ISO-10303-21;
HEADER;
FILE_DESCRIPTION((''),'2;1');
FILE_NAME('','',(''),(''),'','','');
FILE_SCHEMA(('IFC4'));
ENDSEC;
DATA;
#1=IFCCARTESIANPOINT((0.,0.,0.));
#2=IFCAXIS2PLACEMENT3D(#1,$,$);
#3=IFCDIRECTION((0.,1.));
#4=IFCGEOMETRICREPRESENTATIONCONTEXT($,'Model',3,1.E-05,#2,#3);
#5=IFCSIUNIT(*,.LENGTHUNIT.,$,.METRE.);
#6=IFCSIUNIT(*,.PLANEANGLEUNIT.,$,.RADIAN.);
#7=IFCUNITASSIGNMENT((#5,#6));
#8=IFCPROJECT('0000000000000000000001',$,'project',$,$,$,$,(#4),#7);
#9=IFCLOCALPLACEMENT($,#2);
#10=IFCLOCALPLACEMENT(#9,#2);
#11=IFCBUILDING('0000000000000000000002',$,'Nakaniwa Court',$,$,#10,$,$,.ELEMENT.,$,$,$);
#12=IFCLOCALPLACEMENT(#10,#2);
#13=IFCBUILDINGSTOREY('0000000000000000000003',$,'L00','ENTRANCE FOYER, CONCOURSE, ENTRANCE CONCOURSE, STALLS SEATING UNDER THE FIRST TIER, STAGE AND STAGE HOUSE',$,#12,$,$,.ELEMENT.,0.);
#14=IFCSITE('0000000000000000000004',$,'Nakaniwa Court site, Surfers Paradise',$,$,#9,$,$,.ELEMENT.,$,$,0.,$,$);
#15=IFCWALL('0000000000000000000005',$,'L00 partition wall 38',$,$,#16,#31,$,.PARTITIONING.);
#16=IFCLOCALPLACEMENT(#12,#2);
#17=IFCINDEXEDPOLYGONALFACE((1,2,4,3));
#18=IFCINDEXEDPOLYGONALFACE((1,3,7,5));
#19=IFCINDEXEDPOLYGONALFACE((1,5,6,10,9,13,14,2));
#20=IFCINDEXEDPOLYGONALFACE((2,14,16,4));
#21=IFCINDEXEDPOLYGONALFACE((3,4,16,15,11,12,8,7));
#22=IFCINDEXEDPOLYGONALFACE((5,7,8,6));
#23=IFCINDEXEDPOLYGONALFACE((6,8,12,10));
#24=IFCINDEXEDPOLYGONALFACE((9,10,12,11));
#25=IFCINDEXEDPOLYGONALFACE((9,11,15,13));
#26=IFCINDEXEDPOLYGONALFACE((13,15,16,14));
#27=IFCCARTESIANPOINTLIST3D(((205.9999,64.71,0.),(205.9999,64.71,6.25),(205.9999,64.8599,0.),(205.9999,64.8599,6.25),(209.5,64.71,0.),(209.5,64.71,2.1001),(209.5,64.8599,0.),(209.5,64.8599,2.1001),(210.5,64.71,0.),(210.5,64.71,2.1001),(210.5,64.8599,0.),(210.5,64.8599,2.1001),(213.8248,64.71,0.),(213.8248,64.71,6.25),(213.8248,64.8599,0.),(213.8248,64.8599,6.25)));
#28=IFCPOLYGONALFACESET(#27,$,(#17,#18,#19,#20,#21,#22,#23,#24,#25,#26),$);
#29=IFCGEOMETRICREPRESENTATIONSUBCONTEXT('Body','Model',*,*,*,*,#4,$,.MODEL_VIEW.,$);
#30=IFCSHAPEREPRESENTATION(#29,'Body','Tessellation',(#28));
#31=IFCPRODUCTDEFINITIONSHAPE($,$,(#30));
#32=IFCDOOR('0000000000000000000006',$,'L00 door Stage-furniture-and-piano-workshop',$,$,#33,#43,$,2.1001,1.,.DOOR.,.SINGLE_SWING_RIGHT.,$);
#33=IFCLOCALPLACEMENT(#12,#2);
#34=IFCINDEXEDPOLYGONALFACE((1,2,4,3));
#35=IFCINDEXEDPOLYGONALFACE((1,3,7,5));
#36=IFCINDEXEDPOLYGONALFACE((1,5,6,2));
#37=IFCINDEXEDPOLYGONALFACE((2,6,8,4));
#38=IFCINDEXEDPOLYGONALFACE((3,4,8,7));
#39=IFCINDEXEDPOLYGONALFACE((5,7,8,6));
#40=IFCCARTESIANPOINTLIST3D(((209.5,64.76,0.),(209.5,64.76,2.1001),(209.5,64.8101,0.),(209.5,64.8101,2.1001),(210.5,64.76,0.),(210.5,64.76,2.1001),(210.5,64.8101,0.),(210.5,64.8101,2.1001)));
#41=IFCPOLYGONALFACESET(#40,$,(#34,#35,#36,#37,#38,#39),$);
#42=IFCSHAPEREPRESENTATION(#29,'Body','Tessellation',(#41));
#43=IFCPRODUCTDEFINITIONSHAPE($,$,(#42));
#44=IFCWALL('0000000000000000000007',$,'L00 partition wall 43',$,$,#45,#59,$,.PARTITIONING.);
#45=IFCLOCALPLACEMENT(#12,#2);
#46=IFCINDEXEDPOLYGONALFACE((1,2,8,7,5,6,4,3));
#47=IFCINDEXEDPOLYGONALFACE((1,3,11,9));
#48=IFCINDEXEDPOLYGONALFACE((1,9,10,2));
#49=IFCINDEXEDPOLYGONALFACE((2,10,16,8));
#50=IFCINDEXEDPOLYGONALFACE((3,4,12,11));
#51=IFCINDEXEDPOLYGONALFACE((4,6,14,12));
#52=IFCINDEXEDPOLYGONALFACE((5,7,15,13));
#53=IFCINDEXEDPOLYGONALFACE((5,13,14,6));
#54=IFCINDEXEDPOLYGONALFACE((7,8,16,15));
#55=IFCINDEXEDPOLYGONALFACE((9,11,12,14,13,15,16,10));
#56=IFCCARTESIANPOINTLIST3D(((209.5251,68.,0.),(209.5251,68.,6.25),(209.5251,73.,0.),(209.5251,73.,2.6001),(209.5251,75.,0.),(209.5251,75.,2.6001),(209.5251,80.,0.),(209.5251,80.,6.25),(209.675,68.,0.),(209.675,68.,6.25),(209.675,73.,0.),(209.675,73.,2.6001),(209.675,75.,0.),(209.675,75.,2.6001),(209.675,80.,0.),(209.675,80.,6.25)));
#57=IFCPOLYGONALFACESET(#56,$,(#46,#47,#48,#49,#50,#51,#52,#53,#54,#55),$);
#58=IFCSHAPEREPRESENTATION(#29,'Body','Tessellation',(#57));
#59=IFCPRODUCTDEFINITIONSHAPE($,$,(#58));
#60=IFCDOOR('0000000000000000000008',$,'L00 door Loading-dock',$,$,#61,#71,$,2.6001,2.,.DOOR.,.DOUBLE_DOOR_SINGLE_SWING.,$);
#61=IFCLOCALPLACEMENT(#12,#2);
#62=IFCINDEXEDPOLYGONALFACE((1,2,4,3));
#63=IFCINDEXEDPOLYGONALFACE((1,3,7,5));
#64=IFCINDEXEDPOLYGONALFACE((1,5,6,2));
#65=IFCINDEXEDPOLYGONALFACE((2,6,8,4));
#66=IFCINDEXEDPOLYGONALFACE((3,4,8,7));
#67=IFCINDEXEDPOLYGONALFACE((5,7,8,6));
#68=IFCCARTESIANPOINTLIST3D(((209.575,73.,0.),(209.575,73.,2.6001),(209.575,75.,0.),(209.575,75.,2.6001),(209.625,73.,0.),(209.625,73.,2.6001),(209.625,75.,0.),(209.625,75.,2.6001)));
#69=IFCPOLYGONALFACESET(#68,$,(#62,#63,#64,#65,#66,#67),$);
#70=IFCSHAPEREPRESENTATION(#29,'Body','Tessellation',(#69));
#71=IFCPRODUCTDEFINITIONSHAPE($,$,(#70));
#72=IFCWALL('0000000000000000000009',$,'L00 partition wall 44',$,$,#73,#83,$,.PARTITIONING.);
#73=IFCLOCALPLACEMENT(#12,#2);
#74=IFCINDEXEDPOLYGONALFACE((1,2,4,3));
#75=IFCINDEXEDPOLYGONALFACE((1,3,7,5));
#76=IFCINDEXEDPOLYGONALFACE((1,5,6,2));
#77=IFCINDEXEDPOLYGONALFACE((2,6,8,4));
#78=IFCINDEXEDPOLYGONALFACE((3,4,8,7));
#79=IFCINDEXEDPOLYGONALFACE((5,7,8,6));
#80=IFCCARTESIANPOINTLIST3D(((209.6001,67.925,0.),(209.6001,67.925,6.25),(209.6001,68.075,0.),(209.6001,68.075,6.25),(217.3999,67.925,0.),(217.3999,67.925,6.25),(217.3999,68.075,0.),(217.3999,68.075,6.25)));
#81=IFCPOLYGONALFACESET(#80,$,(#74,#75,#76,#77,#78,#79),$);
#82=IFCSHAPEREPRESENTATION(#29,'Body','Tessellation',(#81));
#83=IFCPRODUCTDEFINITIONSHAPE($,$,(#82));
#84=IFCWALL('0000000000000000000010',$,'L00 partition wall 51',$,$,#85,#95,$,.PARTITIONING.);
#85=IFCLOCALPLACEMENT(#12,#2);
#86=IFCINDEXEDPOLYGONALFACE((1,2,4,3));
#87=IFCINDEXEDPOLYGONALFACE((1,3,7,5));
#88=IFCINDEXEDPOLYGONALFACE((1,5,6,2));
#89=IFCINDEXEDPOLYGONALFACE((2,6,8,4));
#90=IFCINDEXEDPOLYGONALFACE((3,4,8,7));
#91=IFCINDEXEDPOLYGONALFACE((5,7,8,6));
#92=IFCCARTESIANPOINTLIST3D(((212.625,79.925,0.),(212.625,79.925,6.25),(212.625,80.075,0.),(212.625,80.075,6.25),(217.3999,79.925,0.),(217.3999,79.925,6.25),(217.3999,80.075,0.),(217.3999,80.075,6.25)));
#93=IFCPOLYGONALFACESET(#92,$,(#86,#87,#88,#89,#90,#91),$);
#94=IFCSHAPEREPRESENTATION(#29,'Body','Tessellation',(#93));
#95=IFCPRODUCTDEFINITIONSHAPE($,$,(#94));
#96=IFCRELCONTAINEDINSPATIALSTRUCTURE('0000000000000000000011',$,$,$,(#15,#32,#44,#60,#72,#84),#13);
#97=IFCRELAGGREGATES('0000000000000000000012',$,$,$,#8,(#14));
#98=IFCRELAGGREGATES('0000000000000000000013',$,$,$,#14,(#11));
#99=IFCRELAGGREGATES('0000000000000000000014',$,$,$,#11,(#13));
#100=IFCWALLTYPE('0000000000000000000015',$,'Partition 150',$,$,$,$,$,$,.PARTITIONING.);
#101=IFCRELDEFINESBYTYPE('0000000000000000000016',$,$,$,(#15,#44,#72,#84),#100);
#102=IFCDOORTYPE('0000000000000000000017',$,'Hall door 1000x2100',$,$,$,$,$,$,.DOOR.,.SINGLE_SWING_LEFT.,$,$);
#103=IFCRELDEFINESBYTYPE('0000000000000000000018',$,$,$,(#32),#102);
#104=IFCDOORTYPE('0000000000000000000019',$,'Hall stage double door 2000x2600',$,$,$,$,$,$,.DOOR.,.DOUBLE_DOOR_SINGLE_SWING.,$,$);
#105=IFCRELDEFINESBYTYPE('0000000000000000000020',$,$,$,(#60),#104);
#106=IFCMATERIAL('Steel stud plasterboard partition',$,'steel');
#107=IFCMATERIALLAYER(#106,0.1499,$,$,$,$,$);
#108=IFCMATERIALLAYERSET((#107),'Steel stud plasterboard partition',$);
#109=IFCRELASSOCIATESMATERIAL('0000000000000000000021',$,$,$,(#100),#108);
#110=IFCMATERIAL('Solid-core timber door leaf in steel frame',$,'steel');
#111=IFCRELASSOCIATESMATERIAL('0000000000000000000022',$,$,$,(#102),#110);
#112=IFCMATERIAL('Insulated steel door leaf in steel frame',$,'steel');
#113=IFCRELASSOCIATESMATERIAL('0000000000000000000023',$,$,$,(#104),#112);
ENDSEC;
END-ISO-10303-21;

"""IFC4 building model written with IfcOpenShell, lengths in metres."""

from ifc_helpers import new_model, si_unit, direction, frame, frame_2d, origin, place, context, subcontext, project, spatial, rectangle, extrude, material, layer, layer_set, type_object, element, fill, save


model = new_model("IFC4")

# Units and contexts
model_context = context("Model", 3, precision=1e-05, world=origin(), true_north=direction((0.0, 1.0)))
body_context = subcontext(model_context, "Body", "Model", "MODEL_VIEW")
ifc_project = project(units=[si_unit("LENGTHUNIT", "METRE"), si_unit("PLANEANGLEUNIT", "RADIAN")], contexts=[model_context])

# Site, building, storey
site_placement = place(None, origin())
site = spatial("IfcSite", under=ifc_project, at=site_placement, Name="Nakaniwa Court site, Surfers Paradise", CompositionType="ELEMENT", RefElevation=0.0)
building_placement = place(site_placement, origin())
building = spatial("IfcBuilding", under=site, at=building_placement, Name="Nakaniwa Court", CompositionType="ELEMENT")
storey_placement = place(building_placement, origin())
storey = spatial("IfcBuildingStorey", under=building, at=storey_placement, Name="L00", Description="ENTRANCE FOYER, CONCOURSE, ENTRANCE CONCOURSE, STALLS SEATING UNDER THE FIRST TIER, STAGE AND STAGE HOUSE", CompositionType="ELEMENT", Elevation=0.0)

# Shared definitions
ifc_material_1 = material(Name="Insulated steel door leaf in steel frame", Category="steel")

# Walls, openings, doors
ifc_material_2 = material(Name="Steel stud plasterboard partition", Category="steel")
ifc_layer_1 = layer(ifc_material_2, 0.1499)
ifc_layer_set_1 = layer_set([ifc_layer_1], Name="Steel stud plasterboard partition")
wall_type_1 = type_object("IfcWallType", Name="Partition 150", PredefinedType="PARTITIONING", material=ifc_layer_set_1)
wall_1_placement = place(storey_placement, frame((213.825, 64.7849, 0.0), z_axis=(0.0, 0.0, 1.0), x_axis=(-1.0, 0.0, 0.0)))
wall_1 = element("IfcWall", 1, at=wall_1_placement, inside=storey, type_object=wall_type_1, Name="L00 partition wall 38", PredefinedType="PARTITIONING", context=body_context, shape_type="SweptSolid", body=[
    extrude(rectangle(XDim=7.825, YDim=0.1499, at=frame_2d((3.9126, 0.0))), origin(), (0.0, 0.0, 1.0), 6.25),
])
opening_1_placement = place(wall_1_placement, frame((3.325, 0.0, 0.0)))
opening_1 = element("IfcOpeningElement", 2, at=opening_1_placement, cuts=wall_1, PredefinedType="OPENING", context=body_context, shape_type="SweptSolid", body=[
    extrude(rectangle(XDim=1.0, YDim=2.1001, at=frame_2d((0.5, 1.05))), frame((0.0, 0.085, 0.0), z_axis=(0.0, -1.0, 0.0), x_axis=(1.0, 0.0, 0.0)), (0.0, 0.0, 1.0), 0.1699),
])
ifc_material_3 = material(Name="Solid-core timber door leaf in steel frame", Category="steel")
door_type_1 = type_object("IfcDoorType", Name="Hall door 1000x2100", OperationType="SINGLE_SWING_LEFT", PredefinedType="DOOR", material=ifc_material_3)
door_1_placement = place(opening_1_placement, origin())
door_1 = element("IfcDoor", 3, at=door_1_placement, inside=storey, type_object=door_type_1, Name="L00 door Stage-furniture-and-piano-workshop", OperationType="SINGLE_SWING_RIGHT", OverallHeight=2.1001, OverallWidth=1.0, PredefinedType="DOOR", context=body_context, shape_type="SweptSolid", body=[
    extrude(rectangle(XDim=1.0, YDim=2.1001, at=frame_2d((0.5, 1.05))), frame((0.0, 0.0249, 0.0), z_axis=(0.0, -1.0, 0.0), x_axis=(1.0, 0.0, 0.0)), (0.0, 0.0, 1.0), 0.05),
])
fill(opening_1, door_1)
wall_2_placement = place(storey_placement, frame((209.6001, 80.0, 0.0), z_axis=(0.0, 0.0, 1.0), x_axis=(0.0, -1.0, 0.0)))
wall_2 = element("IfcWall", 4, at=wall_2_placement, inside=storey, type_object=wall_type_1, Name="L00 partition wall 43", PredefinedType="PARTITIONING", context=body_context, shape_type="SweptSolid", body=[
    extrude(rectangle(XDim=12.0, YDim=0.1499, at=frame_2d((6.0, 0.0))), origin(), (0.0, 0.0, 1.0), 6.25),
])
opening_2_placement = place(wall_2_placement, frame((5.0, 0.0, 0.0)))
opening_2 = element("IfcOpeningElement", 5, at=opening_2_placement, cuts=wall_2, PredefinedType="OPENING", context=body_context, shape_type="SweptSolid", body=[
    extrude(rectangle(XDim=2.0, YDim=2.6001, at=frame_2d((1.0, 1.3))), frame((0.0, 0.085, 0.0), z_axis=(0.0, -1.0, 0.0), x_axis=(1.0, 0.0, 0.0)), (0.0, 0.0, 1.0), 0.1699),
])
door_type_2 = type_object("IfcDoorType", Name="Hall stage double door 2000x2600", OperationType="DOUBLE_DOOR_SINGLE_SWING", PredefinedType="DOOR", material=ifc_material_1)
door_2_placement = place(opening_2_placement, origin())
door_2 = element("IfcDoor", 6, at=door_2_placement, inside=storey, type_object=door_type_2, Name="L00 door Loading-dock", OperationType="DOUBLE_DOOR_SINGLE_SWING", OverallHeight=2.6001, OverallWidth=2.0, PredefinedType="DOOR", context=body_context, shape_type="SweptSolid", body=[
    extrude(rectangle(XDim=2.0, YDim=2.6001, at=frame_2d((1.0, 1.3))), frame((0.0, 0.0249, 0.0), z_axis=(0.0, -1.0, 0.0), x_axis=(1.0, 0.0, 0.0)), (0.0, 0.0, 1.0), 0.05),
])
fill(opening_2, door_2)

# Walls
wall_3_placement = place(storey_placement, frame((209.6001, 68.0, 0.0), z_axis=(0.0, 0.0, 1.0), x_axis=(1.0, 0.0, 0.0)))
element("IfcWall", 7, at=wall_3_placement, inside=storey, type_object=wall_type_1, Name="L00 partition wall 44", PredefinedType="PARTITIONING", context=body_context, shape_type="SweptSolid", body=[
    extrude(rectangle(XDim=7.7998, YDim=0.1499, at=frame_2d((3.8999, 0.0))), origin(), (0.0, 0.0, 1.0), 6.25),
])
wall_4_placement = place(storey_placement, frame((212.625, 80.0, 0.0), z_axis=(0.0, 0.0, 1.0), x_axis=(1.0, 0.0, 0.0)))
element("IfcWall", 8, at=wall_4_placement, inside=storey, type_object=wall_type_1, Name="L00 partition wall 51", PredefinedType="PARTITIONING", context=body_context, shape_type="SweptSolid", body=[
    extrude(rectangle(XDim=4.7749, YDim=0.1499, at=frame_2d((2.3875, 0.0))), origin(), (0.0, 0.0, 1.0), 6.25),
])

save(model, "model.ifc")
